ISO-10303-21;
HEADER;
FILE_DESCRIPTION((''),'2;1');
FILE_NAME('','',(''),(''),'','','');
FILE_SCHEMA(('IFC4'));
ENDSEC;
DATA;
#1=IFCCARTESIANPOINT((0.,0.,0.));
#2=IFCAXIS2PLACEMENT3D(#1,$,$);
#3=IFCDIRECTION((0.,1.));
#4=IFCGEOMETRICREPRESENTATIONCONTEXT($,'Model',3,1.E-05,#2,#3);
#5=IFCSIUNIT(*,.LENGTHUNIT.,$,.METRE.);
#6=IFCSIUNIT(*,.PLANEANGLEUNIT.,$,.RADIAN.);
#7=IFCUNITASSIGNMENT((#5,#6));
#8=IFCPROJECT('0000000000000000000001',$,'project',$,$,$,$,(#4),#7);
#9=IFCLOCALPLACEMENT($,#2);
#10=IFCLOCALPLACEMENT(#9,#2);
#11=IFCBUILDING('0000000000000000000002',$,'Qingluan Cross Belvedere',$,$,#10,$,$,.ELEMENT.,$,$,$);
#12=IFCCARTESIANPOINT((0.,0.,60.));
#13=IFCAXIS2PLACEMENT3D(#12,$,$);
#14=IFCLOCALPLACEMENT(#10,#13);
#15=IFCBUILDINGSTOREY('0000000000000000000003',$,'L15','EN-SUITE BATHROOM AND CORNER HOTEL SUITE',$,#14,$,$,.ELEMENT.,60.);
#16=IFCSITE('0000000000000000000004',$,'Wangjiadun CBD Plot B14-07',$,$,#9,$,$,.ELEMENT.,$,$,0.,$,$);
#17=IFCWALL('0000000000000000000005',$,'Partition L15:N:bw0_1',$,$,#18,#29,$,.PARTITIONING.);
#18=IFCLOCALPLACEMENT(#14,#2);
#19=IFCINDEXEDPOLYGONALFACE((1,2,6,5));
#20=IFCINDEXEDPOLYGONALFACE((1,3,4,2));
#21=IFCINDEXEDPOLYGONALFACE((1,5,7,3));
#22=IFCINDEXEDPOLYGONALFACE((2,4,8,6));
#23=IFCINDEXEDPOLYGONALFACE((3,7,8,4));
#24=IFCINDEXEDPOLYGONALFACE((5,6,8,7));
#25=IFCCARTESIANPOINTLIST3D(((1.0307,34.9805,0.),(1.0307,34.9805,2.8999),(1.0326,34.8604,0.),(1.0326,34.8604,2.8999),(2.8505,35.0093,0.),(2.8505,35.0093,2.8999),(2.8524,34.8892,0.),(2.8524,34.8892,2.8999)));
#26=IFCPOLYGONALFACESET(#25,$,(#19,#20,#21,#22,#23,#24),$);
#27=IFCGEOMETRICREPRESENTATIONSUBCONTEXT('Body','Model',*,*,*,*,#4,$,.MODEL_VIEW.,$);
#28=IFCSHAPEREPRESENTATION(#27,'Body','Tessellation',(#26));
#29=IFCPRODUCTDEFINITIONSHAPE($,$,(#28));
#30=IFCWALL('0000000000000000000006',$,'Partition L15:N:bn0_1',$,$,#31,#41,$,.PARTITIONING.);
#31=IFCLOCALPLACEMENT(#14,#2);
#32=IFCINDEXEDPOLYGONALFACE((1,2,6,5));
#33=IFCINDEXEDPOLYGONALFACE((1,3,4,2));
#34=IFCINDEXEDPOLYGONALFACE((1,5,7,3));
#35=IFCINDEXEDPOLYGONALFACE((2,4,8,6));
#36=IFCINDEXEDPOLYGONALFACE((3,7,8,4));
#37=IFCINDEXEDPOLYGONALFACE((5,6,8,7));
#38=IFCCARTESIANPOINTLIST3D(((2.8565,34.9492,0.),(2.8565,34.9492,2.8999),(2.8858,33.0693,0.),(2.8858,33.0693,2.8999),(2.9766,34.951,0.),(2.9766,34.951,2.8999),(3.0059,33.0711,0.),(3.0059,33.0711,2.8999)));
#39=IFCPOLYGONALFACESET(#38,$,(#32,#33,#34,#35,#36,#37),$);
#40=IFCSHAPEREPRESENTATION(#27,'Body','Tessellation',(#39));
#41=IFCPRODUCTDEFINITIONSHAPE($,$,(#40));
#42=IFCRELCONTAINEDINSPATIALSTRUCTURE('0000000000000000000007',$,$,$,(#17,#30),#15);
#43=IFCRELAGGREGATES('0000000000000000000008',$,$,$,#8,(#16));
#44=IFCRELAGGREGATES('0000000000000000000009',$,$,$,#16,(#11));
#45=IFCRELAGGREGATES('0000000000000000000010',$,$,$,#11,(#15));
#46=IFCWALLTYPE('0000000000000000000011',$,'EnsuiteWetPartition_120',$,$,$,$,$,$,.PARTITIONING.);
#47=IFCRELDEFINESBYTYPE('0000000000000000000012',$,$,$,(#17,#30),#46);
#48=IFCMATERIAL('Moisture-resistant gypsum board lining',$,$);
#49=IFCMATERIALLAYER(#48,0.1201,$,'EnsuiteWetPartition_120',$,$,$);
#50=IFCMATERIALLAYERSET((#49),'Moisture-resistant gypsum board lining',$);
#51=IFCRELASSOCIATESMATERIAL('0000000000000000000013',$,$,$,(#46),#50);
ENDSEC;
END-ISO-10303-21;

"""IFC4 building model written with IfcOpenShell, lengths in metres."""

from ifc_helpers import new_model, si_unit, direction, frame, frame_2d, origin, place, context, subcontext, project, spatial, rectangle, extrude, material, layer, layer_set, type_object, element, save


model = new_model("IFC4")

# Units and contexts
model_context = context("Model", 3, precision=1e-05, world=origin(), true_north=direction((0.0, 1.0)))
body_context = subcontext(model_context, "Body", "Model", "MODEL_VIEW")
ifc_project = project(units=[si_unit("LENGTHUNIT", "METRE"), si_unit("PLANEANGLEUNIT", "RADIAN")], contexts=[model_context])

# Site, building, storey
site_placement = place(None, origin())
site = spatial("IfcSite", under=ifc_project, at=site_placement, Name="Wangjiadun CBD Plot B14-07", CompositionType="ELEMENT", RefElevation=0.0)
building_placement = place(site_placement, origin())
building = spatial("IfcBuilding", under=site, at=building_placement, Name="Qingluan Cross Belvedere", CompositionType="ELEMENT")
storey_placement = place(building_placement, frame((0.0, 0.0, 60.0)))
storey = spatial("IfcBuildingStorey", under=building, at=storey_placement, Name="L15", Description="EN-SUITE BATHROOM AND CORNER HOTEL SUITE", CompositionType="ELEMENT", Elevation=60.0)

# Shared definitions
ifc_material_1 = material(Name="Moisture-resistant gypsum board lining")
ifc_layer_1 = layer(ifc_material_1, 0.1201, Name="EnsuiteWetPartition_120")
ifc_layer_set_1 = layer_set([ifc_layer_1], Name="Moisture-resistant gypsum board lining")
wall_type_1 = type_object("IfcWallType", Name="EnsuiteWetPartition_120", PredefinedType="PARTITIONING", material=ifc_layer_set_1)

# Walls
wall_1_placement = place(storey_placement, frame((1.0315, 34.9204, 0.0), z_axis=(0.0, 0.0, 1.0), x_axis=(0.999875, 0.015828, 0.0)))
element("IfcWall", 1, at=wall_1_placement, inside=storey, type_object=wall_type_1, Name="Partition L15:N:bw0_1", PredefinedType="PARTITIONING", context=body_context, shape_type="SweptSolid", body=[
    extrude(rectangle(XDim=1.8201, YDim=0.1201, at=frame_2d((0.9102, 0.0))), origin(), (0.0, 0.0, 1.0), 2.8999),
])
wall_2_placement = place(storey_placement, frame((2.9458, 33.0703, 0.0), z_axis=(0.0, 0.0, 1.0), x_axis=(-0.015583, 0.999879, 0.0)))
element("IfcWall", 2, at=wall_2_placement, inside=storey, type_object=wall_type_1, Name="Partition L15:N:bn0_1", PredefinedType="PARTITIONING", context=body_context, shape_type="SweptSolid", body=[
    extrude(rectangle(XDim=1.8801, YDim=0.1201, at=frame_2d((0.9399, 0.0))), origin(), (0.0, 0.0, 1.0), 2.8999),
])

save(model, "model.ifc")
